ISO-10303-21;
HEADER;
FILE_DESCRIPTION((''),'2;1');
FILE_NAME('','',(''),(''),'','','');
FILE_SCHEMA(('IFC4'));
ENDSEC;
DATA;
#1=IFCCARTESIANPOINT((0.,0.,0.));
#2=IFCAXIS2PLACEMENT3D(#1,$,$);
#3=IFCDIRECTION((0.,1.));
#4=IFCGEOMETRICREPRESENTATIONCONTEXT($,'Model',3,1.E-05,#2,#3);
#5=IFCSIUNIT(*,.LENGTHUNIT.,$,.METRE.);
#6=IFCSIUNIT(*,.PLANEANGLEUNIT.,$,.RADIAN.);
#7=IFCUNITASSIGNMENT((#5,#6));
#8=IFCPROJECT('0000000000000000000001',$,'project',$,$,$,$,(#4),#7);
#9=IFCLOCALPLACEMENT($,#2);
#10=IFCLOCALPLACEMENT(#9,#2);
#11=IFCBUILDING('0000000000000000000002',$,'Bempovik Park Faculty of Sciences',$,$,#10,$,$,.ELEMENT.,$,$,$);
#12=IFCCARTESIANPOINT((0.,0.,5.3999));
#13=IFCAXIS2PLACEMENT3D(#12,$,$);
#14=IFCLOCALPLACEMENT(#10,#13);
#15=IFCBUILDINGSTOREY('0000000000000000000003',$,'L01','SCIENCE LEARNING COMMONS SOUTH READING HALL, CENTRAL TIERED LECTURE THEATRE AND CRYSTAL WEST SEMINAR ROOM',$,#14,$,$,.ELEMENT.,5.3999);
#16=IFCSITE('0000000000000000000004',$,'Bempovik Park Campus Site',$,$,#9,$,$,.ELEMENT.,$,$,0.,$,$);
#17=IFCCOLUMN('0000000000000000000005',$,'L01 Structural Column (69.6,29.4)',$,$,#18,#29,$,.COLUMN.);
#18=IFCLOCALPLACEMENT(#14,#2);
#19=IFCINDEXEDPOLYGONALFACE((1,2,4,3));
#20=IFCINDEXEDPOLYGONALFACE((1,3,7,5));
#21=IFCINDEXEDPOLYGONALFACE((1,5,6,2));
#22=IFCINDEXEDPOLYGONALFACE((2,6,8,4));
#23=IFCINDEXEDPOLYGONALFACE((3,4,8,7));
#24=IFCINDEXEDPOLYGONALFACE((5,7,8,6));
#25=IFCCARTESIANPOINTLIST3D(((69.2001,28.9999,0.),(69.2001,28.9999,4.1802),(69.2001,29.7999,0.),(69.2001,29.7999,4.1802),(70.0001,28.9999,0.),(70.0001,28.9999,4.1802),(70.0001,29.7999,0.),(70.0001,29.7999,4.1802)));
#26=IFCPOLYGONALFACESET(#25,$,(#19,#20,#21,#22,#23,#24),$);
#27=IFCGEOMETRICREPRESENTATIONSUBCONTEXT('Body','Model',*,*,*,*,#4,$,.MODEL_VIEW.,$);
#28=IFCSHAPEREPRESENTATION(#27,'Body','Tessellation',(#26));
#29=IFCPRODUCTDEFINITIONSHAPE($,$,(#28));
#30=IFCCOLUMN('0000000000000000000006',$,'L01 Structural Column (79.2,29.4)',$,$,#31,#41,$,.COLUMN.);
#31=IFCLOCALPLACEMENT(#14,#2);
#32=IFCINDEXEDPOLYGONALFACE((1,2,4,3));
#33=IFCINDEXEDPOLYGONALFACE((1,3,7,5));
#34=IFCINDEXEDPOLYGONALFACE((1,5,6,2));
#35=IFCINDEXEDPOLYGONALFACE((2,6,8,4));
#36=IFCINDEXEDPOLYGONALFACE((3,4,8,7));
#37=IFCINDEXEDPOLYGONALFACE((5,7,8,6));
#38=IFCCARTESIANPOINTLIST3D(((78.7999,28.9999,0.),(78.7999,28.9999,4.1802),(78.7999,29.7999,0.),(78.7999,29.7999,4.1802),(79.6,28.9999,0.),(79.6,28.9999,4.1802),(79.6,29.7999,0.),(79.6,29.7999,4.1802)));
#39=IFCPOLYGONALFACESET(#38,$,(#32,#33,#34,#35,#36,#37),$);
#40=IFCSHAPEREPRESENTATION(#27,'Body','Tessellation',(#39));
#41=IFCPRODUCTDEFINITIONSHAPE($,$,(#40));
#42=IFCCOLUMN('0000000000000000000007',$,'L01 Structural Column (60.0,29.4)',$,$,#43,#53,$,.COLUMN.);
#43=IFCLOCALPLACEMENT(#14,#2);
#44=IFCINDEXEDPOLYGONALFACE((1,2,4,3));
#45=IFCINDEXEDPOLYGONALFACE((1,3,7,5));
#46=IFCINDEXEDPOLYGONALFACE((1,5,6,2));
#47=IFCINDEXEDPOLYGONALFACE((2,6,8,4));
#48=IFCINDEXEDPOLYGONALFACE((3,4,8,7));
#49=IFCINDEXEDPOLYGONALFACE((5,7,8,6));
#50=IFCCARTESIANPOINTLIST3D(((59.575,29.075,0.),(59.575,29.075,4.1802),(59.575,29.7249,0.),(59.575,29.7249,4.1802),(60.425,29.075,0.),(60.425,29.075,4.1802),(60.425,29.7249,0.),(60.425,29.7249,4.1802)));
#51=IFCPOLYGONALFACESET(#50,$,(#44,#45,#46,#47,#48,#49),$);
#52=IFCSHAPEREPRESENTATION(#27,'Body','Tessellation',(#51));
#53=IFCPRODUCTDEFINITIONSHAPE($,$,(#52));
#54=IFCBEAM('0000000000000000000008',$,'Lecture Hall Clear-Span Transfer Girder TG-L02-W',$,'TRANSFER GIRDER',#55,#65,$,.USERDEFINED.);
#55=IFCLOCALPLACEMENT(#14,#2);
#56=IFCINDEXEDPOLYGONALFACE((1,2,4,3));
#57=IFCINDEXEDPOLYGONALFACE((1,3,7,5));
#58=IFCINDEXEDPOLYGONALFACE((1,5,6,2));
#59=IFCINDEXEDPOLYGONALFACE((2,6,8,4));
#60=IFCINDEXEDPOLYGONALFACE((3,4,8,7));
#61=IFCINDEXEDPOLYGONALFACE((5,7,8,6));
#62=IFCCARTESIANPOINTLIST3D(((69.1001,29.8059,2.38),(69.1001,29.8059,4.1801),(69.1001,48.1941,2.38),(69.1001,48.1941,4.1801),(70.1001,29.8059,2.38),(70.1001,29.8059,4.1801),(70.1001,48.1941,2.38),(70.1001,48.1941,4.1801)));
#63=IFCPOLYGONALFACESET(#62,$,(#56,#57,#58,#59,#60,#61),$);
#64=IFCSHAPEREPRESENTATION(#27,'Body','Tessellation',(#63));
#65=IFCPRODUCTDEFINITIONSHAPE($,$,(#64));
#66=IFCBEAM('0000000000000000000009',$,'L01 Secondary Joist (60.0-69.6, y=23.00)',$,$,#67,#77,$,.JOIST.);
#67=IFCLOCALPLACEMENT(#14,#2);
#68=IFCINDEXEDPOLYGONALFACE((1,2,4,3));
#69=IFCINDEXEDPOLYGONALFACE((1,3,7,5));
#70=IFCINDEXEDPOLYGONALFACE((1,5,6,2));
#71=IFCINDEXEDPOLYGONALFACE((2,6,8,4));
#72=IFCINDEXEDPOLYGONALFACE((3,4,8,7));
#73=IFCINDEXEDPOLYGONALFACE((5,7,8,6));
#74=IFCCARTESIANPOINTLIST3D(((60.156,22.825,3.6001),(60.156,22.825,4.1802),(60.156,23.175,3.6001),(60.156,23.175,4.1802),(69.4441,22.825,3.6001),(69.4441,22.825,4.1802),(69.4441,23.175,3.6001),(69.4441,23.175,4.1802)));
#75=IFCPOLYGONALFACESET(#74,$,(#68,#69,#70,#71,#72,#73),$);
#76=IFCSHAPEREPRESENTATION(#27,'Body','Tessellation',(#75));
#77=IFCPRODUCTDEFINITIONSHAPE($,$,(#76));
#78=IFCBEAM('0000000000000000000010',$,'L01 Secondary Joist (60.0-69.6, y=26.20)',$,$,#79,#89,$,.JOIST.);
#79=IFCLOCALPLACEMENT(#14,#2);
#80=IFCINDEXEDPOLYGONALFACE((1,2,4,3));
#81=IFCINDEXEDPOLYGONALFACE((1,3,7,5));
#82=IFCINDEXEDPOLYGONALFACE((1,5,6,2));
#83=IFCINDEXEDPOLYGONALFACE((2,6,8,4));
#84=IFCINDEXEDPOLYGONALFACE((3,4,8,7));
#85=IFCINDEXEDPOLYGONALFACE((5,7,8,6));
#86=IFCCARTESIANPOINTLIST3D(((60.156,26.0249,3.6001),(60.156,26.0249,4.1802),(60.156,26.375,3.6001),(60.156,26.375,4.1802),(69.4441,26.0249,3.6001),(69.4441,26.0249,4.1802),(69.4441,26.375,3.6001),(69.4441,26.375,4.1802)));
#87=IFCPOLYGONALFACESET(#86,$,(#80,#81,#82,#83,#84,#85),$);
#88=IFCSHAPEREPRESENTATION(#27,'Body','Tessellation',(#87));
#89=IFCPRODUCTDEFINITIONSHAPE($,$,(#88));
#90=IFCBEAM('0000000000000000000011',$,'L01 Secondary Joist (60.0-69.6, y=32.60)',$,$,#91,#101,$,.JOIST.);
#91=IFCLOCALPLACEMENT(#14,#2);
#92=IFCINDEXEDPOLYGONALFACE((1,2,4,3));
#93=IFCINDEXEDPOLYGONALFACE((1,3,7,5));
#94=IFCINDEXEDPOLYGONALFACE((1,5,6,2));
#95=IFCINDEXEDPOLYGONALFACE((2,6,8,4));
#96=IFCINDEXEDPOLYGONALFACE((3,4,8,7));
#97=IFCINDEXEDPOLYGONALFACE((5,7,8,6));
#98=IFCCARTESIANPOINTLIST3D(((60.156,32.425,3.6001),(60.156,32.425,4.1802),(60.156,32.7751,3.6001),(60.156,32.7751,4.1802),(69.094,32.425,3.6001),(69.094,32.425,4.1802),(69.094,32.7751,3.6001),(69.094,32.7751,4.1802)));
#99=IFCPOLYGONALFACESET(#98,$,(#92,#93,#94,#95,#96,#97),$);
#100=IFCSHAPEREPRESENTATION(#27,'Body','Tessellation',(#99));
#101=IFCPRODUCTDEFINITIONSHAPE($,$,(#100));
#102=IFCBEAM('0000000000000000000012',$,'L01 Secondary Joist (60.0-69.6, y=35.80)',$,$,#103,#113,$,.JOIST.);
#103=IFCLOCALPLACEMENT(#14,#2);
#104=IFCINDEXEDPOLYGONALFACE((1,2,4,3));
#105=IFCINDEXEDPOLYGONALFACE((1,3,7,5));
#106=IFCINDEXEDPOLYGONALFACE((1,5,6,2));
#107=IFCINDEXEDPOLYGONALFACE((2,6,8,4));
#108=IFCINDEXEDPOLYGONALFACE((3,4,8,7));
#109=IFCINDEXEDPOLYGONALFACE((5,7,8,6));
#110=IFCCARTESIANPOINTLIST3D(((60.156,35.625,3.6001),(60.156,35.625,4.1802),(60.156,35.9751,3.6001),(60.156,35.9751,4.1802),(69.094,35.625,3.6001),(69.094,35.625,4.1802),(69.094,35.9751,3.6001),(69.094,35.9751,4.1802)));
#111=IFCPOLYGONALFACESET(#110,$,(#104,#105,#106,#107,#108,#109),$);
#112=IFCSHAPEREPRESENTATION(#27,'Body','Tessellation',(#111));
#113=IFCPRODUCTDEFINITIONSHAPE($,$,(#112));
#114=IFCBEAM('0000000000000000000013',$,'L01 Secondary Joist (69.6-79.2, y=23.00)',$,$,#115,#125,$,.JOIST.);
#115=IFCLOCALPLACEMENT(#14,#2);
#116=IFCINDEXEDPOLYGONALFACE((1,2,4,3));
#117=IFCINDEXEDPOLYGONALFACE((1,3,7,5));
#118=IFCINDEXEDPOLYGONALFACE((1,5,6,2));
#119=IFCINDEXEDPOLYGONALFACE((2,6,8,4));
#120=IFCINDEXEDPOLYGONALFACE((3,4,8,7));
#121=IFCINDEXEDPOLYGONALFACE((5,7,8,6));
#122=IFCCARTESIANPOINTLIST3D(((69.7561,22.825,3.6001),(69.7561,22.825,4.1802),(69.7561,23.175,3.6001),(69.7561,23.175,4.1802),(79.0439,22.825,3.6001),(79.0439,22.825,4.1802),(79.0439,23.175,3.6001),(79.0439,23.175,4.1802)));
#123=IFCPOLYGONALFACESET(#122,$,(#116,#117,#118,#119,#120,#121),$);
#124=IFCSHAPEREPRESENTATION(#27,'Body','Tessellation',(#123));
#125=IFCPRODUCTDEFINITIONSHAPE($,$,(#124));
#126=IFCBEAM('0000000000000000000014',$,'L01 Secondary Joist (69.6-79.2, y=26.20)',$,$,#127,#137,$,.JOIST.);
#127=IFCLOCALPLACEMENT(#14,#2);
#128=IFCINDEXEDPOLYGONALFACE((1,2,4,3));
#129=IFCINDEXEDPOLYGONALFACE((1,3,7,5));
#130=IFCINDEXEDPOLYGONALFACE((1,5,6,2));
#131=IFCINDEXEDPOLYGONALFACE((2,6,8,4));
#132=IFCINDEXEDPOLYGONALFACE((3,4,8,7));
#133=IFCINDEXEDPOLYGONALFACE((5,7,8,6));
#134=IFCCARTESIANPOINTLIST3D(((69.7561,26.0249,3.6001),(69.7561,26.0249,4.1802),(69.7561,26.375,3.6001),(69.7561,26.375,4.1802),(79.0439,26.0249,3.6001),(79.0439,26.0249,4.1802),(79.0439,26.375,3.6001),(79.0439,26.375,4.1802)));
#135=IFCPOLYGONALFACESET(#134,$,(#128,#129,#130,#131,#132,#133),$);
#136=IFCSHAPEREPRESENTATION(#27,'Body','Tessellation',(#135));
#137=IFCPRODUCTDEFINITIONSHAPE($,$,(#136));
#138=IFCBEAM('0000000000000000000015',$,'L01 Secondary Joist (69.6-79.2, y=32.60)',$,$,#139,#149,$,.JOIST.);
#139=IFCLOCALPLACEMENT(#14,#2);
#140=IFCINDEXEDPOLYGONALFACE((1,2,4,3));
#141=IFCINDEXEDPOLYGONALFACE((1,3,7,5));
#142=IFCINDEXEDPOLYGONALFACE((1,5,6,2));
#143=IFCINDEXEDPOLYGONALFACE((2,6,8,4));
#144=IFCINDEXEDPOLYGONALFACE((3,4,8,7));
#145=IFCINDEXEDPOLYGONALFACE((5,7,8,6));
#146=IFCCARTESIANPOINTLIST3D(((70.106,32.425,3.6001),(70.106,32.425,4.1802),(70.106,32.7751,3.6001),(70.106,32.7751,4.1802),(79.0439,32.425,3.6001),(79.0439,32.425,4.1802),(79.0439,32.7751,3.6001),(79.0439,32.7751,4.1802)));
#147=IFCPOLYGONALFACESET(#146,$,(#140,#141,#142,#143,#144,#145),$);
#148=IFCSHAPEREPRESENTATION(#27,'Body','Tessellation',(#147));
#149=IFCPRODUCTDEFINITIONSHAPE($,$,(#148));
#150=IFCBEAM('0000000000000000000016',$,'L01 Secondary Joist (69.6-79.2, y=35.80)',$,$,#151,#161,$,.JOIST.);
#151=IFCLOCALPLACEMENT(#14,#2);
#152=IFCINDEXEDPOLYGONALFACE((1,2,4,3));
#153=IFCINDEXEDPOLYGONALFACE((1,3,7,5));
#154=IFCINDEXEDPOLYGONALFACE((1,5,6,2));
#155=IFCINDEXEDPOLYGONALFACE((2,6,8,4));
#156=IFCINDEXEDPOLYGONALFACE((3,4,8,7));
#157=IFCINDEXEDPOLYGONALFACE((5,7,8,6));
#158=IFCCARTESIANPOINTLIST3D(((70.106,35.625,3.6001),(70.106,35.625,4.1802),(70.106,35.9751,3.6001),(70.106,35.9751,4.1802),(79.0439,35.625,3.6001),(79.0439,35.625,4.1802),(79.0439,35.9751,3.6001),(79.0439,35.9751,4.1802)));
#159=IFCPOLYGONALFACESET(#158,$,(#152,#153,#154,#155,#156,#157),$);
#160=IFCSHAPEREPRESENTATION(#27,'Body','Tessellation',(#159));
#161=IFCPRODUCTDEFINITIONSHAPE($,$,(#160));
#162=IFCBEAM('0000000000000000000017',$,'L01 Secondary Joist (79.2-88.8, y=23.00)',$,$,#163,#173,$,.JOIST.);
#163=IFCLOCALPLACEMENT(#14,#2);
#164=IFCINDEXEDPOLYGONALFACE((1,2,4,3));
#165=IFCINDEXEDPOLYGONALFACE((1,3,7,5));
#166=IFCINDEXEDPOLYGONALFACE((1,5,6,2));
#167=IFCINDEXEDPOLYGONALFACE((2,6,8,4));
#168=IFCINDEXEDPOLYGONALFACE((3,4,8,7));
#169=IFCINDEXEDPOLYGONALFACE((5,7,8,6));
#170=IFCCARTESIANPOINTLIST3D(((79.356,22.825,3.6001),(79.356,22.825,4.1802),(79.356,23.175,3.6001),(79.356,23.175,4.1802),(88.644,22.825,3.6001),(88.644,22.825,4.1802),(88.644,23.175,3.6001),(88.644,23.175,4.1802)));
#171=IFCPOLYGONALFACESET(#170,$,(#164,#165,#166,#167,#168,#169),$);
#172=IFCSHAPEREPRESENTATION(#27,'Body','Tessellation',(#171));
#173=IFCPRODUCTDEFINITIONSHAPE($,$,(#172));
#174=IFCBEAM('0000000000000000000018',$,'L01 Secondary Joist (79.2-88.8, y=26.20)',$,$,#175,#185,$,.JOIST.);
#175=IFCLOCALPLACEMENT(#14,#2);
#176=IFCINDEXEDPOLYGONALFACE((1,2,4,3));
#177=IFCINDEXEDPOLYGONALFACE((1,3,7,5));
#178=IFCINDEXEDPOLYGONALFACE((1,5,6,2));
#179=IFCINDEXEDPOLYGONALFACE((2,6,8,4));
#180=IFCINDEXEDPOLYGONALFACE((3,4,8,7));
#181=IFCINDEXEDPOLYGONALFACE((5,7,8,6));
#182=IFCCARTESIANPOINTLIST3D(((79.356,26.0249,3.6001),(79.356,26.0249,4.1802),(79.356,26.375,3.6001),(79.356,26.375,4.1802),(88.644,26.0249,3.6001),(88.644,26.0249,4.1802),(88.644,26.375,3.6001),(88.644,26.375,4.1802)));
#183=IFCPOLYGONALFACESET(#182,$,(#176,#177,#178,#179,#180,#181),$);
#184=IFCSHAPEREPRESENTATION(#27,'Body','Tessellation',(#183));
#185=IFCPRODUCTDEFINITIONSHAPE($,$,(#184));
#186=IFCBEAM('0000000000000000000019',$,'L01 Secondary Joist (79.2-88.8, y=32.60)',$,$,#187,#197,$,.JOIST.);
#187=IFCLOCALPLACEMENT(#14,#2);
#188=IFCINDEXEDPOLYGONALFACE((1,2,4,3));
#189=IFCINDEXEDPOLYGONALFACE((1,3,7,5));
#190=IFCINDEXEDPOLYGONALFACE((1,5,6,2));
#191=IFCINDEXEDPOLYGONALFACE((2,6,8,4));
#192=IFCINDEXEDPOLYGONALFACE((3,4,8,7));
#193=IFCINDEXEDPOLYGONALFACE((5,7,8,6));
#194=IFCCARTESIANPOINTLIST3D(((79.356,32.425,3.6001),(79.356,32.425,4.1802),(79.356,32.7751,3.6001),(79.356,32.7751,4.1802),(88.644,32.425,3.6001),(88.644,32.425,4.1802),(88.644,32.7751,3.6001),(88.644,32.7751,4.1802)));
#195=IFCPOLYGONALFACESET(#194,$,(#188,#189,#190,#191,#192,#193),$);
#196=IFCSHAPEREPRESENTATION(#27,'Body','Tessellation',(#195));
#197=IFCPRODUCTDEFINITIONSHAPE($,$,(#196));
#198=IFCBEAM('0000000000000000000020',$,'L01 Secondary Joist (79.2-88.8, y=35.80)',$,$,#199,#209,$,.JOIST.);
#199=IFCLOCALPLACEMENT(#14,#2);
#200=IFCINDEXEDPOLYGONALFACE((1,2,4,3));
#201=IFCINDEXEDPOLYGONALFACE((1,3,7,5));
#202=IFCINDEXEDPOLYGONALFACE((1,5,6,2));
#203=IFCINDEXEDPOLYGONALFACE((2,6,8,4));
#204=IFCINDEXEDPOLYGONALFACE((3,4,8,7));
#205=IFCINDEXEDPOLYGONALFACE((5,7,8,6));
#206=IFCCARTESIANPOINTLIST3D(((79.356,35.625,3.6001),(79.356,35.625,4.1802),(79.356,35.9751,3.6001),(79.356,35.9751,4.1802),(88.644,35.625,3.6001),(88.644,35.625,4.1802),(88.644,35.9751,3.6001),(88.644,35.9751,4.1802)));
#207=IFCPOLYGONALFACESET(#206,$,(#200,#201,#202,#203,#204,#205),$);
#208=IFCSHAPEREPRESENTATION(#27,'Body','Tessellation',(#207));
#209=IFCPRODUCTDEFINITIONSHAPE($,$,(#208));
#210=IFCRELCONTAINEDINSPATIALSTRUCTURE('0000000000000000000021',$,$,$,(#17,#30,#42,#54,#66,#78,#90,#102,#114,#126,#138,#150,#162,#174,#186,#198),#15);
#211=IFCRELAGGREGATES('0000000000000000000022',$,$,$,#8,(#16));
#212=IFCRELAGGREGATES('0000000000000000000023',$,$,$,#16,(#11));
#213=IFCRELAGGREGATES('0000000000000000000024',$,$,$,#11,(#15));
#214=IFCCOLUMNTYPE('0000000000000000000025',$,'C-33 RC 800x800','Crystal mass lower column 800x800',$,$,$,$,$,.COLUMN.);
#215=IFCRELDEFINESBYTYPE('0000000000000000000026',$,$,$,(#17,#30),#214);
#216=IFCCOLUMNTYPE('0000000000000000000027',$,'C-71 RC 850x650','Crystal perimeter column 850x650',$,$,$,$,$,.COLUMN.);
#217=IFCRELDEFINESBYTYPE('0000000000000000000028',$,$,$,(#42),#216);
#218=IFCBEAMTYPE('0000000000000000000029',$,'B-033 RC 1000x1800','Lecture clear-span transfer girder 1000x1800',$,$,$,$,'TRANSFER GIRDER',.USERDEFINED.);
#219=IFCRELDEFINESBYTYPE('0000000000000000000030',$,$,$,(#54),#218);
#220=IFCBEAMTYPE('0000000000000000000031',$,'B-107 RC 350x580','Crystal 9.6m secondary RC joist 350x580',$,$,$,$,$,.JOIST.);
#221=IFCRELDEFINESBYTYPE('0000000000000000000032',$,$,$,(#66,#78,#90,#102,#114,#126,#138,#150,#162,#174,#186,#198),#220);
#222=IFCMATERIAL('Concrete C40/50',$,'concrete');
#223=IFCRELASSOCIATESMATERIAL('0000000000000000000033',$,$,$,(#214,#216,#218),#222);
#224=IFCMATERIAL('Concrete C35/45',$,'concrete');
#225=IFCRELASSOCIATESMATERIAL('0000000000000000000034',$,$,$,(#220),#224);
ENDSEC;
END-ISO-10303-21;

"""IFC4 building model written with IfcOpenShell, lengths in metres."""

from ifc_helpers import new_model, si_unit, direction, frame, origin, origin_2d, place, context, subcontext, project, spatial, rectangle, extrude, material, material_profile, profile_set, type_object, element, save


model = new_model("IFC4")

# Units and contexts
model_context = context("Model", 3, precision=1e-05, world=origin(), true_north=direction((0.0, 1.0)))
body_context = subcontext(model_context, "Body", "Model", "MODEL_VIEW")
ifc_project = project(units=[si_unit("LENGTHUNIT", "METRE"), si_unit("PLANEANGLEUNIT", "RADIAN")], contexts=[model_context])

# Site, building, storey
site_placement = place(None, origin())
site = spatial("IfcSite", under=ifc_project, at=site_placement, Name="Bempovik Park Campus Site", CompositionType="ELEMENT", RefElevation=0.0)
building_placement = place(site_placement, origin())
building = spatial("IfcBuilding", under=site, at=building_placement, Name="Bempovik Park Faculty of Sciences", CompositionType="ELEMENT")
storey_placement = place(building_placement, frame((0.0, 0.0, 5.3999)))
storey = spatial("IfcBuildingStorey", under=building, at=storey_placement, Name="L01", Description="SCIENCE LEARNING COMMONS SOUTH READING HALL, CENTRAL TIERED LECTURE THEATRE AND CRYSTAL WEST SEMINAR ROOM", CompositionType="ELEMENT", Elevation=5.3999)

# Columns
ifc_material_1 = material(Name="Concrete C40/50", Category="concrete")
ifc_material_profile_1 = material_profile(ifc_material_1, rectangle(XDim=0.8, YDim=0.8, at=origin_2d()), Name="RC 800x800")
ifc_profile_set_1 = profile_set([ifc_material_profile_1], Name="Concrete C40/50")
column_type_1 = type_object("IfcColumnType", Name="C-33 RC 800x800", Description="Crystal mass lower column 800x800", PredefinedType="COLUMN", material=ifc_profile_set_1)
for number, where, z_axis, x_axis, name in (
    (1, (69.6001, 29.3999, 0.0), (0.0, 0.0, 1.0), (1.0, 0.0, 0.0), "L01 Structural Column (69.6,29.4)"),
    (2, (79.2, 29.3999, 0.0), (0.0, 0.0, 1.0), (1.0, 0.0, 0.0), "L01 Structural Column (79.2,29.4)"),
):
    element("IfcColumn", number, at=place(storey_placement, frame(where, z_axis=z_axis, x_axis=x_axis)), inside=storey, type_object=column_type_1, Name=name, PredefinedType="COLUMN", context=body_context, shape_type="SweptSolid", body=[
        extrude(rectangle(XDim=0.8, YDim=0.8, at=origin_2d()), origin(), (0.0, 0.0, 1.0), 4.1802),
    ])
ifc_material_profile_2 = material_profile(ifc_material_1, rectangle(XDim=0.8501, YDim=0.6499, at=origin_2d()), Name="RC 850x650")
ifc_profile_set_2 = profile_set([ifc_material_profile_2], Name="Concrete C40/50")
column_type_2 = type_object("IfcColumnType", Name="C-71 RC 850x650", Description="Crystal perimeter column 850x650", PredefinedType="COLUMN", material=ifc_profile_set_2)
column_placement = place(storey_placement, frame((60.0, 29.3999, 0.0), z_axis=(0.0, 0.0, 1.0), x_axis=(1.0, 0.0, 0.0)))
element("IfcColumn", 3, at=column_placement, inside=storey, type_object=column_type_2, Name="L01 Structural Column (60.0,29.4)", PredefinedType="COLUMN", context=body_context, shape_type="SweptSolid", body=[
    extrude(rectangle(XDim=0.8501, YDim=0.6499, at=origin_2d()), origin(), (0.0, 0.0, 1.0), 4.1802),
])

# Beams
ifc_material_profile_3 = material_profile(ifc_material_1, rectangle(XDim=1.0, YDim=1.8, at=origin_2d()), Name="RC 1000x1800")
ifc_profile_set_3 = profile_set([ifc_material_profile_3], Name="Concrete C40/50")
beam_type_1 = type_object("IfcBeamType", Name="B-033 RC 1000x1800", Description="Lecture clear-span transfer girder 1000x1800", ElementType="TRANSFER GIRDER", PredefinedType="USERDEFINED", material=ifc_profile_set_3)
beam_1_placement = place(storey_placement, frame((69.6001, 29.8059, 3.28), z_axis=(0.0, 1.0, 0.0), x_axis=(-1.0, 0.0, 0.0)))
element("IfcBeam", 4, at=beam_1_placement, inside=storey, type_object=beam_type_1, Name="Lecture Hall Clear-Span Transfer Girder TG-L02-W", ObjectType="TRANSFER GIRDER", PredefinedType="USERDEFINED", context=body_context, shape_type="SweptSolid", body=[
    extrude(rectangle(XDim=1.0, YDim=1.8, at=origin_2d()), origin(), (0.0, 0.0, 1.0), 18.3882),
])
ifc_material_2 = material(Name="Concrete C35/45", Category="concrete")
ifc_material_profile_4 = material_profile(ifc_material_2, rectangle(XDim=0.3501, YDim=0.5801, at=origin_2d()), Name="RC 350x580")
ifc_profile_set_4 = profile_set([ifc_material_profile_4], Name="Concrete C35/45")
beam_type_2 = type_object("IfcBeamType", Name="B-107 RC 350x580", Description="Crystal 9.6m secondary RC joist 350x580", PredefinedType="JOIST", material=ifc_profile_set_4)
for number, where, z_axis, x_axis, name in (
    (5, (60.156, 23.0, 3.8901), (1.0, 0.0, 0.0), (0.0, 1.0, 0.0), "L01 Secondary Joist (60.0-69.6, y=23.00)"),
    (6, (60.156, 26.2, 3.8901), (1.0, 0.0, 0.0), (0.0, 1.0, 0.0), "L01 Secondary Joist (60.0-69.6, y=26.20)"),
):
    element("IfcBeam", number, at=place(storey_placement, frame(where, z_axis=z_axis, x_axis=x_axis)), inside=storey, type_object=beam_type_2, Name=name, PredefinedType="JOIST", context=body_context, shape_type="SweptSolid", body=[
        extrude(rectangle(XDim=0.3501, YDim=0.5801, at=origin_2d()), origin(), (0.0, 0.0, 1.0), 9.2881),
    ])
for number, where, z_axis, x_axis, name in (
    (7, (60.156, 32.6001, 3.8901), (1.0, 0.0, 0.0), (0.0, 1.0, 0.0), "L01 Secondary Joist (60.0-69.6, y=32.60)"),
    (8, (60.156, 35.8, 3.8901), (1.0, 0.0, 0.0), (0.0, 1.0, 0.0), "L01 Secondary Joist (60.0-69.6, y=35.80)"),
):
    element("IfcBeam", number, at=place(storey_placement, frame(where, z_axis=z_axis, x_axis=x_axis)), inside=storey, type_object=beam_type_2, Name=name, PredefinedType="JOIST", context=body_context, shape_type="SweptSolid", body=[
        extrude(rectangle(XDim=0.3501, YDim=0.5801, at=origin_2d()), origin(), (0.0, 0.0, 1.0), 8.938),
    ])
for number, where, z_axis, x_axis, name in (
    (9, (69.7561, 23.0, 3.8901), (1.0, 0.0, 0.0), (0.0, 1.0, 0.0), "L01 Secondary Joist (69.6-79.2, y=23.00)"),
    (10, (69.7561, 26.2, 3.8901), (1.0, 0.0, 0.0), (0.0, 1.0, 0.0), "L01 Secondary Joist (69.6-79.2, y=26.20)"),
):
    element("IfcBeam", number, at=place(storey_placement, frame(where, z_axis=z_axis, x_axis=x_axis)), inside=storey, type_object=beam_type_2, Name=name, PredefinedType="JOIST", context=body_context, shape_type="SweptSolid", body=[
        extrude(rectangle(XDim=0.3501, YDim=0.5801, at=origin_2d()), origin(), (0.0, 0.0, 1.0), 9.2878),
    ])
for number, where, z_axis, x_axis, name in (
    (11, (70.106, 32.6001, 3.8901), (1.0, 0.0, 0.0), (0.0, 1.0, 0.0), "L01 Secondary Joist (69.6-79.2, y=32.60)"),
    (12, (70.106, 35.8, 3.8901), (1.0, 0.0, 0.0), (0.0, 1.0, 0.0), "L01 Secondary Joist (69.6-79.2, y=35.80)"),
):
    element("IfcBeam", number, at=place(storey_placement, frame(where, z_axis=z_axis, x_axis=x_axis)), inside=storey, type_object=beam_type_2, Name=name, PredefinedType="JOIST", context=body_context, shape_type="SweptSolid", body=[
        extrude(rectangle(XDim=0.3501, YDim=0.5801, at=origin_2d()), origin(), (0.0, 0.0, 1.0), 8.938),
    ])
for number, where, z_axis, x_axis, name in (
    (13, (79.356, 23.0, 3.8901), (1.0, 0.0, 0.0), (0.0, 1.0, 0.0), "L01 Secondary Joist (79.2-88.8, y=23.00)"),
    (14, (79.356, 26.2, 3.8901), (1.0, 0.0, 0.0), (0.0, 1.0, 0.0), "L01 Secondary Joist (79.2-88.8, y=26.20)"),
    (15, (79.356, 32.6001, 3.8901), (1.0, 0.0, 0.0), (0.0, 1.0, 0.0), "L01 Secondary Joist (79.2-88.8, y=32.60)"),
    (16, (79.356, 35.8, 3.8901), (1.0, 0.0, 0.0), (0.0, 1.0, 0.0), "L01 Secondary Joist (79.2-88.8, y=35.80)"),
):
    element("IfcBeam", number, at=place(storey_placement, frame(where, z_axis=z_axis, x_axis=x_axis)), inside=storey, type_object=beam_type_2, Name=name, PredefinedType="JOIST", context=body_context, shape_type="SweptSolid", body=[
        extrude(rectangle(XDim=0.3501, YDim=0.5801, at=origin_2d()), origin(), (0.0, 0.0, 1.0), 9.2881),
    ])

save(model, "model.ifc")
